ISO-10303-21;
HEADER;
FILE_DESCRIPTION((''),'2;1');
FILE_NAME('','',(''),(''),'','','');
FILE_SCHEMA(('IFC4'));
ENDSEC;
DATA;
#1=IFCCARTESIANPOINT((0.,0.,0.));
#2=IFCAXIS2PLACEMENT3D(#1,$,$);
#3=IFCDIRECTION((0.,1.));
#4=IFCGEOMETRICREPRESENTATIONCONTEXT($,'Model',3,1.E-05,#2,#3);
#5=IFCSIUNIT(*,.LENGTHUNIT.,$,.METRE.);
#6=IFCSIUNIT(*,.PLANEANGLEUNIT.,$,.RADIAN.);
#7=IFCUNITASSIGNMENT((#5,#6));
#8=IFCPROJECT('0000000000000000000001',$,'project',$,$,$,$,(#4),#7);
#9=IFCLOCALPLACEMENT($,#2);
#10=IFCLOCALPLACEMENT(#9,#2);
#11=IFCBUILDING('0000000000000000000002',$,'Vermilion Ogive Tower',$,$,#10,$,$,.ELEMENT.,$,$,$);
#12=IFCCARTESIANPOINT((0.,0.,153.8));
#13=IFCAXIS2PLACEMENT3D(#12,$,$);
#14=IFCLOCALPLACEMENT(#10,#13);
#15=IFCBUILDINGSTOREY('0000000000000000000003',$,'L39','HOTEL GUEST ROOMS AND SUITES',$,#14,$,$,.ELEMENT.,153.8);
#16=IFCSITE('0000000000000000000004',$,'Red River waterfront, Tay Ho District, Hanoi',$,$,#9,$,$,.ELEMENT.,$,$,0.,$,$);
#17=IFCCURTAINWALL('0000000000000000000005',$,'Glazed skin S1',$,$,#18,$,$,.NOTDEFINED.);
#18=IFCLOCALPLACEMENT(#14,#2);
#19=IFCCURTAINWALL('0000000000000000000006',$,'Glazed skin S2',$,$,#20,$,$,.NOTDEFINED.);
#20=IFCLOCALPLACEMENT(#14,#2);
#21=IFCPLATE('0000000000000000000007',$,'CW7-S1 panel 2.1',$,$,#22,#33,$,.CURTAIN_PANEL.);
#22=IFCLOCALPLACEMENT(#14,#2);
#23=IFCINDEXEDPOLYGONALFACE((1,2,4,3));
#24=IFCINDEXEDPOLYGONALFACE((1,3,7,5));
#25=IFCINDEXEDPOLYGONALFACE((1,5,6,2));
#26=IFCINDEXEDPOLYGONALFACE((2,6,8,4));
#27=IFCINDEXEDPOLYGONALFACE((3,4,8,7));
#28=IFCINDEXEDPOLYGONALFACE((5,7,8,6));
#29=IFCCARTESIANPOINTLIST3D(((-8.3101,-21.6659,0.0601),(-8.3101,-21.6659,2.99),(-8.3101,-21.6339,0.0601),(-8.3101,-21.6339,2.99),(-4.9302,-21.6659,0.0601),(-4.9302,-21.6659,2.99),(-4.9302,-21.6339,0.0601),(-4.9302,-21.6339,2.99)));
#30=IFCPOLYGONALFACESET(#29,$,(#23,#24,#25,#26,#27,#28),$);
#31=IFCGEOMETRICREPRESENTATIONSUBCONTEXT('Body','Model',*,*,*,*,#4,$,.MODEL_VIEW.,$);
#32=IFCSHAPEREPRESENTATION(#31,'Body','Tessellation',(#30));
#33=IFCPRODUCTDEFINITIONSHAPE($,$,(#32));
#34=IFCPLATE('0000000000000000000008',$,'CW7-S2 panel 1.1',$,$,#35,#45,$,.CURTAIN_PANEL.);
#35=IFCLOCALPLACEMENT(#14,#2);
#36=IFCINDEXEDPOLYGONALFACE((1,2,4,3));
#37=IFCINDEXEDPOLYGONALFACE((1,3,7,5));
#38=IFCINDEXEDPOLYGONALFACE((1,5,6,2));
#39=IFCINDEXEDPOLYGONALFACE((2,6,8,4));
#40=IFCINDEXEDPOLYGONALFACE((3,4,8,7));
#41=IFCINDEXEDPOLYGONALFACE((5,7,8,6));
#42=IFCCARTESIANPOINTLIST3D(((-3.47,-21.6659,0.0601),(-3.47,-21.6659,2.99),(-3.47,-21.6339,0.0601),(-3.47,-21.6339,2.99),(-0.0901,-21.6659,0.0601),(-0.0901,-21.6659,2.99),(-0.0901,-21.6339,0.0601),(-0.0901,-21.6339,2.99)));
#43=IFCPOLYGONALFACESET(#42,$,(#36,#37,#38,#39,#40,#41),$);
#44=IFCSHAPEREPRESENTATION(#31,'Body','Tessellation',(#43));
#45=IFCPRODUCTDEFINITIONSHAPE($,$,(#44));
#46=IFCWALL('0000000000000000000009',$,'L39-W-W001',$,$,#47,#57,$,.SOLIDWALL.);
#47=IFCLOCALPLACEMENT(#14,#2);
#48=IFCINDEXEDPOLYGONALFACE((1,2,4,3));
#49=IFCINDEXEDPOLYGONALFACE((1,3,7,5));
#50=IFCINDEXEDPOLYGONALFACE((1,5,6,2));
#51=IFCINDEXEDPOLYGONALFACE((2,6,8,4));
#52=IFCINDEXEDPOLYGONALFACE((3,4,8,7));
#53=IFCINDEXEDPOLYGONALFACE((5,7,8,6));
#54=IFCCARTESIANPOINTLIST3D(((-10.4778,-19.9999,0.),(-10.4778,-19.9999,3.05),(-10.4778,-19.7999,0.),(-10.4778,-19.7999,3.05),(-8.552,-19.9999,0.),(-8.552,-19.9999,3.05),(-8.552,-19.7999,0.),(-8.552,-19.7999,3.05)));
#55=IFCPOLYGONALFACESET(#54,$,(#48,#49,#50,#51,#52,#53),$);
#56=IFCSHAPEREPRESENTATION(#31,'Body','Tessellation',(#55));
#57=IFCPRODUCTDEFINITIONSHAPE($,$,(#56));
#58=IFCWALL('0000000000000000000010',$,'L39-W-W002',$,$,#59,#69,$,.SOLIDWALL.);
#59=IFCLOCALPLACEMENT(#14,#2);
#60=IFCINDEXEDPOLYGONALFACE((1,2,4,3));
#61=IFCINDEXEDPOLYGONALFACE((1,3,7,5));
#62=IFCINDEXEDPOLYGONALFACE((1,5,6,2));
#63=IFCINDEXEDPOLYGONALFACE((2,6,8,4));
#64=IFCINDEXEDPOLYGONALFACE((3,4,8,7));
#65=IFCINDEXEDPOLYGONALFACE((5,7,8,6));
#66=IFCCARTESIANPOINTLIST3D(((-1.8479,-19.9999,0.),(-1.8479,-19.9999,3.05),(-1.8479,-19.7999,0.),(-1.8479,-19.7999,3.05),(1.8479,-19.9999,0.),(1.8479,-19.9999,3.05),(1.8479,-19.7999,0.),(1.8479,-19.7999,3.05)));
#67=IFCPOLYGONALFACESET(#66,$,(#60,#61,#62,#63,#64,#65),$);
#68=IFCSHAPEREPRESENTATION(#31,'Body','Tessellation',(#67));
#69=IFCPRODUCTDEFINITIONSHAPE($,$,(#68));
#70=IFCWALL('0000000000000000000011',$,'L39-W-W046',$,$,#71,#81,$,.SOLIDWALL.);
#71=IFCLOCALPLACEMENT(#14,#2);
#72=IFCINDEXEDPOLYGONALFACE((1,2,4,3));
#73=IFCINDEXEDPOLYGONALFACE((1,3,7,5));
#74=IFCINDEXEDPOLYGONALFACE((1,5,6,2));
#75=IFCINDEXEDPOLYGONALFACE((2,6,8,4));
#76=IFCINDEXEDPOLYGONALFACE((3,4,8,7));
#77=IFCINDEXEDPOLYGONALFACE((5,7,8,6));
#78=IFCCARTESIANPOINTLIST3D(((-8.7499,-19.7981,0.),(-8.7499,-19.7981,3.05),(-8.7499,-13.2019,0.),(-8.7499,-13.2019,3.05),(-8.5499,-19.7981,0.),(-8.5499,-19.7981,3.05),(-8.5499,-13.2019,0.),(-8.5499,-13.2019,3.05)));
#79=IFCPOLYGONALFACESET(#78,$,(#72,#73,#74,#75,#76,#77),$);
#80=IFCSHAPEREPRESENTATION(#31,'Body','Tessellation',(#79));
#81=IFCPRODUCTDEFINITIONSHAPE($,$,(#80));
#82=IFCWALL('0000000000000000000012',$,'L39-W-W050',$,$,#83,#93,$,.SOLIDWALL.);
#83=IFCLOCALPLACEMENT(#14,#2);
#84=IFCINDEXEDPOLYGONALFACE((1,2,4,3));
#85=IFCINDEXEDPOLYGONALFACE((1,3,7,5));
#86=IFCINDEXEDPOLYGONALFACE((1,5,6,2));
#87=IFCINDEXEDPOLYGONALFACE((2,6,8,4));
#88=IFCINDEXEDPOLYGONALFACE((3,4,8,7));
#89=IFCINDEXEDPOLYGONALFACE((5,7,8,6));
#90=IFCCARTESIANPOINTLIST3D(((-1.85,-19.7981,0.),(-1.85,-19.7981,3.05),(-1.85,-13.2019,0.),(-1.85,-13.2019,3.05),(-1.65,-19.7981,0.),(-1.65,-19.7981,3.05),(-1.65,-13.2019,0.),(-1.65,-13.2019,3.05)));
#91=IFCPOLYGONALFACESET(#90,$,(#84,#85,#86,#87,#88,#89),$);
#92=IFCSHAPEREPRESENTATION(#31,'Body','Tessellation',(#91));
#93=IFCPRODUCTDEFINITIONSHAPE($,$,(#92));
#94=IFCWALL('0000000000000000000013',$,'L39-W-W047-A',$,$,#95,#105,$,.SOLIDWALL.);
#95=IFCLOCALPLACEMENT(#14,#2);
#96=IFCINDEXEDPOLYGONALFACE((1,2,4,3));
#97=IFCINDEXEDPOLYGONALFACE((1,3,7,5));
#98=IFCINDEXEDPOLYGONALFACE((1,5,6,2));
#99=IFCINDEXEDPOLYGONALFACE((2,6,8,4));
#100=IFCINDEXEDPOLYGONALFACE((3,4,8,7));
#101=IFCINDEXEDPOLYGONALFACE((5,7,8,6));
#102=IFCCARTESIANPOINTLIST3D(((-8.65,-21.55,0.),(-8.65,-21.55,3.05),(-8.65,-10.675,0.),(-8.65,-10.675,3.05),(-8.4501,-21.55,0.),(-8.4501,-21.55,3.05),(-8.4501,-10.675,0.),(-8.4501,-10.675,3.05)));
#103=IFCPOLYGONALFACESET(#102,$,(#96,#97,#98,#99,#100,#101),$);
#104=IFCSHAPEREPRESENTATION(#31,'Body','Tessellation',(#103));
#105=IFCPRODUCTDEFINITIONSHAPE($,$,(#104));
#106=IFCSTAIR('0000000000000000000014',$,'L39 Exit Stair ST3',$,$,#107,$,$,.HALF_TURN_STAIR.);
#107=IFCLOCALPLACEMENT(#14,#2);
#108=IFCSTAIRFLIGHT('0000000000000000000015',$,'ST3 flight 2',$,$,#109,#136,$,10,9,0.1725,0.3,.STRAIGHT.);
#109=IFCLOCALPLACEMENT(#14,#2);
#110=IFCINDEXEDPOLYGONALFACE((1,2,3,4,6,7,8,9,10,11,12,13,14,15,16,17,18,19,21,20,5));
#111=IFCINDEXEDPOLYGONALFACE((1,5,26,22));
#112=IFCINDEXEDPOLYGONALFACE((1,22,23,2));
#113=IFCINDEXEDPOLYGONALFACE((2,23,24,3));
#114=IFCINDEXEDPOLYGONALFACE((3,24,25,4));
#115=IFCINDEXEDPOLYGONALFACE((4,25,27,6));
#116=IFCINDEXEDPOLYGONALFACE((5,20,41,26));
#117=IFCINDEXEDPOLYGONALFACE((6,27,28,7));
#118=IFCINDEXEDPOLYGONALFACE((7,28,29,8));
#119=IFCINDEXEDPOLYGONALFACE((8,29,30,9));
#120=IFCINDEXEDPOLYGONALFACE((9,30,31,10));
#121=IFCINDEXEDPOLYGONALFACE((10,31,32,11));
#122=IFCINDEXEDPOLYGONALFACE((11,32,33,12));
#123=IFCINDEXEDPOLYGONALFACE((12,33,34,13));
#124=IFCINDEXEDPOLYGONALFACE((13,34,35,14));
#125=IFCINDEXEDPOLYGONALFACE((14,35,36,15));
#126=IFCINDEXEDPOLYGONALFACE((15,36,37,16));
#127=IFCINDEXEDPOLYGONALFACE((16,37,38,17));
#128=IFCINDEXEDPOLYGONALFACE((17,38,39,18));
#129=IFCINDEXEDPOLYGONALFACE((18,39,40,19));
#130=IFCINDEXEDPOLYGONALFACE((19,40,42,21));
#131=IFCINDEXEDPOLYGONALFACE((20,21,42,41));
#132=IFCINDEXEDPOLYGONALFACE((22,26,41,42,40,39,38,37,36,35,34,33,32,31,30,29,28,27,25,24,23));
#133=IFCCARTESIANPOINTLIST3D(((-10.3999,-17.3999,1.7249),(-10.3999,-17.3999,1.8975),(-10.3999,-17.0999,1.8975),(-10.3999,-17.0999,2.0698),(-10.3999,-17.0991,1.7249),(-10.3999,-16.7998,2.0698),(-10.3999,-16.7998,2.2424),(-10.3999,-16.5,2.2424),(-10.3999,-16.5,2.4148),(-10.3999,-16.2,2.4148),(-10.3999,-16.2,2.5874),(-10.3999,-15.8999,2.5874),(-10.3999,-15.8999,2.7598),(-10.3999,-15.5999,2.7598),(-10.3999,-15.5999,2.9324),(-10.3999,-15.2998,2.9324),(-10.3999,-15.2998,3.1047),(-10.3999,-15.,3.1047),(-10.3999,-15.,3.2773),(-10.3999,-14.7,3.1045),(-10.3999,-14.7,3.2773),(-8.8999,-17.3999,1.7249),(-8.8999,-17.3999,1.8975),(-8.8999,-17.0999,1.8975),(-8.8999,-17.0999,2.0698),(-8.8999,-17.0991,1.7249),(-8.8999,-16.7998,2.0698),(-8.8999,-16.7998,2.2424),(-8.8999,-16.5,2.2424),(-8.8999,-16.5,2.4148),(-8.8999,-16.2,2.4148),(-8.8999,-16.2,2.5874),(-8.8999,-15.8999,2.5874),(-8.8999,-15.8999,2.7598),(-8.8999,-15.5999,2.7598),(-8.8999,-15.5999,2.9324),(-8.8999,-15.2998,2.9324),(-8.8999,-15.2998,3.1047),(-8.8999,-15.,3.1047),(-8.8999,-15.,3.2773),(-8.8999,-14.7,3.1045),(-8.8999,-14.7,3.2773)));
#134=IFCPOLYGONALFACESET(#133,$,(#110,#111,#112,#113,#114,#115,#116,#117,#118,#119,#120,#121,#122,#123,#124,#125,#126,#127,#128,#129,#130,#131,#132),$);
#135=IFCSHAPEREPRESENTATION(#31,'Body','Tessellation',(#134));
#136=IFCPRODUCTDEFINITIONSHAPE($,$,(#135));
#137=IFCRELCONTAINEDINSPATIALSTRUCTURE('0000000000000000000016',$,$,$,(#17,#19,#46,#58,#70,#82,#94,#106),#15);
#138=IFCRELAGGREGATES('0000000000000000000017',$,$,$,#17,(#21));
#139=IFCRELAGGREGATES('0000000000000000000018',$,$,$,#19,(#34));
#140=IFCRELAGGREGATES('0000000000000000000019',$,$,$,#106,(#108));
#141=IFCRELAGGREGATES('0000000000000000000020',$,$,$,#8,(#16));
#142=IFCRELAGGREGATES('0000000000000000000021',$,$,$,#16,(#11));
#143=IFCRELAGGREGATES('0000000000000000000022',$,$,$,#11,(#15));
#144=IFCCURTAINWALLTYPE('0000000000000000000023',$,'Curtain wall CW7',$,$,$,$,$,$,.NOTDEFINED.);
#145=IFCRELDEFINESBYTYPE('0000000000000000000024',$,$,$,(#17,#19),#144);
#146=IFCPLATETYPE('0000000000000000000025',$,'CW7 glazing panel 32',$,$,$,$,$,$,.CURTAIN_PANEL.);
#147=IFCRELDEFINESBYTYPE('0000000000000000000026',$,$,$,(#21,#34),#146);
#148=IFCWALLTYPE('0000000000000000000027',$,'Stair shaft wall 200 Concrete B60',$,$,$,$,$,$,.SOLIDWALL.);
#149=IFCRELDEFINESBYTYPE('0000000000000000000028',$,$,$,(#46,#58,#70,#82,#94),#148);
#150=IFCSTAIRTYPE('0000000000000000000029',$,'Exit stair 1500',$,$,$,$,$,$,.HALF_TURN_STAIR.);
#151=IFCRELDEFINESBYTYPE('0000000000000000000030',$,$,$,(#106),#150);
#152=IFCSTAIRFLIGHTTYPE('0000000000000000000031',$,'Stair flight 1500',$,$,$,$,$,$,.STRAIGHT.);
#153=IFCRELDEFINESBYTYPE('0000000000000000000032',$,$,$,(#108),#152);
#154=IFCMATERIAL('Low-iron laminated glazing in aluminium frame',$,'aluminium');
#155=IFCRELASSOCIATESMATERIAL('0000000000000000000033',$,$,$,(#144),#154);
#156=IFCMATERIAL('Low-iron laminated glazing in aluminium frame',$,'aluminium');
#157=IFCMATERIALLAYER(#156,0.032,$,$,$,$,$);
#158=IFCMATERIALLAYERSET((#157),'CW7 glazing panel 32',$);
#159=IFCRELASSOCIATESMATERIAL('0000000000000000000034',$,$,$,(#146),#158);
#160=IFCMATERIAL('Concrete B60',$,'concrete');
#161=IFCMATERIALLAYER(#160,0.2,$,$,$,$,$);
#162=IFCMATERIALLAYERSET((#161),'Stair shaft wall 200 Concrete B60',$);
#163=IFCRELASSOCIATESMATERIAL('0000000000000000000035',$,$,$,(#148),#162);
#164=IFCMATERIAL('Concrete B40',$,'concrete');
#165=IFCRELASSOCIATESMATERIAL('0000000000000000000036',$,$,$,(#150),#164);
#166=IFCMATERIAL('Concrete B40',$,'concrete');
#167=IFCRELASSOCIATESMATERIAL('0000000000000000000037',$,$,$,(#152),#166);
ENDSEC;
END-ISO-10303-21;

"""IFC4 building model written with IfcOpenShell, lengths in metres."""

from ifc_helpers import new_model, si_unit, direction, frame, frame_2d, origin, origin_2d, place, context, subcontext, project, spatial, polyline, rectangle, outline, extrude, material, layer, layer_set, type_object, element, aggregate, save


model = new_model("IFC4")

# Units and contexts
model_context = context("Model", 3, precision=1e-05, world=origin(), true_north=direction((0.0, 1.0)))
body_context = subcontext(model_context, "Body", "Model", "MODEL_VIEW")
ifc_project = project(units=[si_unit("LENGTHUNIT", "METRE"), si_unit("PLANEANGLEUNIT", "RADIAN")], contexts=[model_context])

# Site, building, storey
site_placement = place(None, origin())
site = spatial("IfcSite", under=ifc_project, at=site_placement, Name="Red River waterfront, Tay Ho District, Hanoi", CompositionType="ELEMENT", RefElevation=0.0)
building_placement = place(site_placement, origin())
building = spatial("IfcBuilding", under=site, at=building_placement, Name="Vermilion Ogive Tower", CompositionType="ELEMENT")
storey_placement = place(building_placement, frame((0.0, 0.0, 153.8)))
storey = spatial("IfcBuildingStorey", under=building, at=storey_placement, Name="L39", Description="HOTEL GUEST ROOMS AND SUITES", CompositionType="ELEMENT", Elevation=153.8)

# Curtain walls
ifc_material_1 = material(Name="Low-iron laminated glazing in aluminium frame", Category="aluminium")
curtain_wall_type = type_object("IfcCurtainWallType", Name="Curtain wall CW7", PredefinedType="NOTDEFINED", material=ifc_material_1)
curtain_wall_1_placement = place(storey_placement, origin())
curtain_wall_1 = element("IfcCurtainWall", 1, at=curtain_wall_1_placement, inside=storey, type_object=curtain_wall_type, Name="Glazed skin S1", PredefinedType="NOTDEFINED")
curtain_wall_2_placement = place(storey_placement, origin())
curtain_wall_2 = element("IfcCurtainWall", 2, at=curtain_wall_2_placement, inside=storey, type_object=curtain_wall_type, Name="Glazed skin S2", PredefinedType="NOTDEFINED")

# Plates
ifc_material_2 = material(Name="Low-iron laminated glazing in aluminium frame", Category="aluminium")
ifc_layer_1 = layer(ifc_material_2, 0.032)
ifc_layer_set_1 = layer_set([ifc_layer_1], Name="CW7 glazing panel 32")
plate_type = type_object("IfcPlateType", Name="CW7 glazing panel 32", PredefinedType="CURTAIN_PANEL", material=ifc_layer_set_1)
plate_1_placement = place(storey_placement, frame((-6.6201, -21.6499, 0.0601), z_axis=(0.0, 0.0, 1.0), x_axis=(1.0, 0.0, 0.0)))
plate_1 = element("IfcPlate", 3, at=plate_1_placement, type_object=plate_type, Name="CW7-S1 panel 2.1", PredefinedType="CURTAIN_PANEL", context=body_context, shape_type="SweptSolid", body=[
    extrude(rectangle(XDim=3.3799, YDim=0.032, at=origin_2d()), origin(), (0.0, 0.0, 1.0), 2.9299),
])
aggregate(curtain_wall_1, [plate_1])
plate_2_placement = place(storey_placement, frame((-1.78, -21.6499, 0.0601), z_axis=(0.0, 0.0, 1.0), x_axis=(1.0, 0.0, 0.0)))
plate_2 = element("IfcPlate", 4, at=plate_2_placement, type_object=plate_type, Name="CW7-S2 panel 1.1", PredefinedType="CURTAIN_PANEL", context=body_context, shape_type="SweptSolid", body=[
    extrude(rectangle(XDim=3.3799, YDim=0.032, at=origin_2d()), origin(), (0.0, 0.0, 1.0), 2.9299),
])
aggregate(curtain_wall_2, [plate_2])

# Walls
ifc_material_3 = material(Name="Concrete B60", Category="concrete")
ifc_layer_2 = layer(ifc_material_3, 0.2)
ifc_layer_set_2 = layer_set([ifc_layer_2], Name="Stair shaft wall 200 Concrete B60")
wall_type = type_object("IfcWallType", Name="Stair shaft wall 200 Concrete B60", PredefinedType="SOLIDWALL", material=ifc_layer_set_2)
wall_1_placement = place(storey_placement, frame((-10.4778, -19.8999, 0.0), z_axis=(0.0, 0.0, 1.0), x_axis=(1.0, 0.0, 0.0)))
element("IfcWall", 5, at=wall_1_placement, inside=storey, type_object=wall_type, Name="L39-W-W001", PredefinedType="SOLIDWALL", context=body_context, shape_type="SweptSolid", body=[
    extrude(rectangle(XDim=1.9258, YDim=0.2, at=frame_2d((0.9629, 0.0))), origin(), (0.0, 0.0, 1.0), 3.05),
])
wall_2_placement = place(storey_placement, frame((-1.8479, -19.8999, 0.0), z_axis=(0.0, 0.0, 1.0), x_axis=(1.0, 0.0, 0.0)))
element("IfcWall", 6, at=wall_2_placement, inside=storey, type_object=wall_type, Name="L39-W-W002", PredefinedType="SOLIDWALL", context=body_context, shape_type="SweptSolid", body=[
    extrude(rectangle(XDim=3.6958, YDim=0.2, at=frame_2d((1.8479, 0.0))), origin(), (0.0, 0.0, 1.0), 3.05),
])
for number, where, z_axis, x_axis, name in (
    (7, (-8.6499, -19.7981, 0.0), (0.0, 0.0, 1.0), (0.0, 1.0, 0.0), "L39-W-W046"),
    (8, (-1.75, -19.7981, 0.0), (0.0, 0.0, 1.0), (0.0, 1.0, 0.0), "L39-W-W050"),
):
    element("IfcWall", number, at=place(storey_placement, frame(where, z_axis=z_axis, x_axis=x_axis)), inside=storey, type_object=wall_type, Name=name, PredefinedType="SOLIDWALL", context=body_context, shape_type="SweptSolid", body=[
        extrude(rectangle(XDim=6.5962, YDim=0.2, at=frame_2d((3.2981, 0.0))), origin(), (0.0, 0.0, 1.0), 3.05),
    ])
wall_3_placement = place(storey_placement, frame((-8.55, -21.55, 0.0), z_axis=(0.0, 0.0, 1.0), x_axis=(0.0, 1.0, 0.0)))
element("IfcWall", 9, at=wall_3_placement, inside=storey, type_object=wall_type, Name="L39-W-W047-A", PredefinedType="SOLIDWALL", context=body_context, shape_type="SweptSolid", body=[
    extrude(rectangle(XDim=10.875, YDim=0.2, at=frame_2d((5.4375, 0.0))), origin(), (0.0, 0.0, 1.0), 3.05),
])

# Stair, stair flight
ifc_material_4 = material(Name="Concrete B40", Category="concrete")
stair_type = type_object("IfcStairType", Name="Exit stair 1500", PredefinedType="HALF_TURN_STAIR", material=ifc_material_4)
stair_placement = place(storey_placement, origin())
stair = element("IfcStair", 10, at=stair_placement, inside=storey, type_object=stair_type, Name="L39 Exit Stair ST3", PredefinedType="HALF_TURN_STAIR")
ifc_material_5 = material(Name="Concrete B40", Category="concrete")
stair_flight_type = type_object("IfcStairFlightType", Name="Stair flight 1500", PredefinedType="STRAIGHT", material=ifc_material_5)
stair_flight_placement = place(storey_placement, frame((-9.6499, -17.3999, 1.7249), z_axis=(0.0, 0.0, 1.0), x_axis=(0.0, 1.0, 0.0)))
stair_flight = element("IfcStairFlight", 11, at=stair_flight_placement, type_object=stair_flight_type, Name="ST3 flight 2", NumberOfRisers=10, NumberOfTreads=9, PredefinedType="STRAIGHT", RiserHeight=0.1725, TreadLength=0.3, context=body_context, shape_type="SweptSolid", body=[
    extrude(outline(polyline([(0.0, 0.0), (0.0, 0.1726), (0.3, 0.1726), (0.3, 0.345), (0.6001, 0.345), (0.6001, 0.5176), (0.8999, 0.5176), (0.8999, 0.6899), (1.2, 0.6899), (1.2, 0.8625), (1.5, 0.8625), (1.5, 1.0349), (1.8, 1.0349), (1.8, 1.2075), (2.1001, 1.2075), (2.1001, 1.3799), (2.3999, 1.3799), (2.3999, 1.5525), (2.7, 1.5525), (2.7, 1.7251), (2.7, 1.3796), (0.3008, 0.0), (0.0, 0.0)])), frame((0.0, 0.75, 0.0), z_axis=(0.0, -1.0, 0.0), x_axis=(1.0, 0.0, 0.0)), (0.0, 0.0, 1.0), 1.5),
])
aggregate(stair, [stair_flight])

save(model, "model.ifc")
